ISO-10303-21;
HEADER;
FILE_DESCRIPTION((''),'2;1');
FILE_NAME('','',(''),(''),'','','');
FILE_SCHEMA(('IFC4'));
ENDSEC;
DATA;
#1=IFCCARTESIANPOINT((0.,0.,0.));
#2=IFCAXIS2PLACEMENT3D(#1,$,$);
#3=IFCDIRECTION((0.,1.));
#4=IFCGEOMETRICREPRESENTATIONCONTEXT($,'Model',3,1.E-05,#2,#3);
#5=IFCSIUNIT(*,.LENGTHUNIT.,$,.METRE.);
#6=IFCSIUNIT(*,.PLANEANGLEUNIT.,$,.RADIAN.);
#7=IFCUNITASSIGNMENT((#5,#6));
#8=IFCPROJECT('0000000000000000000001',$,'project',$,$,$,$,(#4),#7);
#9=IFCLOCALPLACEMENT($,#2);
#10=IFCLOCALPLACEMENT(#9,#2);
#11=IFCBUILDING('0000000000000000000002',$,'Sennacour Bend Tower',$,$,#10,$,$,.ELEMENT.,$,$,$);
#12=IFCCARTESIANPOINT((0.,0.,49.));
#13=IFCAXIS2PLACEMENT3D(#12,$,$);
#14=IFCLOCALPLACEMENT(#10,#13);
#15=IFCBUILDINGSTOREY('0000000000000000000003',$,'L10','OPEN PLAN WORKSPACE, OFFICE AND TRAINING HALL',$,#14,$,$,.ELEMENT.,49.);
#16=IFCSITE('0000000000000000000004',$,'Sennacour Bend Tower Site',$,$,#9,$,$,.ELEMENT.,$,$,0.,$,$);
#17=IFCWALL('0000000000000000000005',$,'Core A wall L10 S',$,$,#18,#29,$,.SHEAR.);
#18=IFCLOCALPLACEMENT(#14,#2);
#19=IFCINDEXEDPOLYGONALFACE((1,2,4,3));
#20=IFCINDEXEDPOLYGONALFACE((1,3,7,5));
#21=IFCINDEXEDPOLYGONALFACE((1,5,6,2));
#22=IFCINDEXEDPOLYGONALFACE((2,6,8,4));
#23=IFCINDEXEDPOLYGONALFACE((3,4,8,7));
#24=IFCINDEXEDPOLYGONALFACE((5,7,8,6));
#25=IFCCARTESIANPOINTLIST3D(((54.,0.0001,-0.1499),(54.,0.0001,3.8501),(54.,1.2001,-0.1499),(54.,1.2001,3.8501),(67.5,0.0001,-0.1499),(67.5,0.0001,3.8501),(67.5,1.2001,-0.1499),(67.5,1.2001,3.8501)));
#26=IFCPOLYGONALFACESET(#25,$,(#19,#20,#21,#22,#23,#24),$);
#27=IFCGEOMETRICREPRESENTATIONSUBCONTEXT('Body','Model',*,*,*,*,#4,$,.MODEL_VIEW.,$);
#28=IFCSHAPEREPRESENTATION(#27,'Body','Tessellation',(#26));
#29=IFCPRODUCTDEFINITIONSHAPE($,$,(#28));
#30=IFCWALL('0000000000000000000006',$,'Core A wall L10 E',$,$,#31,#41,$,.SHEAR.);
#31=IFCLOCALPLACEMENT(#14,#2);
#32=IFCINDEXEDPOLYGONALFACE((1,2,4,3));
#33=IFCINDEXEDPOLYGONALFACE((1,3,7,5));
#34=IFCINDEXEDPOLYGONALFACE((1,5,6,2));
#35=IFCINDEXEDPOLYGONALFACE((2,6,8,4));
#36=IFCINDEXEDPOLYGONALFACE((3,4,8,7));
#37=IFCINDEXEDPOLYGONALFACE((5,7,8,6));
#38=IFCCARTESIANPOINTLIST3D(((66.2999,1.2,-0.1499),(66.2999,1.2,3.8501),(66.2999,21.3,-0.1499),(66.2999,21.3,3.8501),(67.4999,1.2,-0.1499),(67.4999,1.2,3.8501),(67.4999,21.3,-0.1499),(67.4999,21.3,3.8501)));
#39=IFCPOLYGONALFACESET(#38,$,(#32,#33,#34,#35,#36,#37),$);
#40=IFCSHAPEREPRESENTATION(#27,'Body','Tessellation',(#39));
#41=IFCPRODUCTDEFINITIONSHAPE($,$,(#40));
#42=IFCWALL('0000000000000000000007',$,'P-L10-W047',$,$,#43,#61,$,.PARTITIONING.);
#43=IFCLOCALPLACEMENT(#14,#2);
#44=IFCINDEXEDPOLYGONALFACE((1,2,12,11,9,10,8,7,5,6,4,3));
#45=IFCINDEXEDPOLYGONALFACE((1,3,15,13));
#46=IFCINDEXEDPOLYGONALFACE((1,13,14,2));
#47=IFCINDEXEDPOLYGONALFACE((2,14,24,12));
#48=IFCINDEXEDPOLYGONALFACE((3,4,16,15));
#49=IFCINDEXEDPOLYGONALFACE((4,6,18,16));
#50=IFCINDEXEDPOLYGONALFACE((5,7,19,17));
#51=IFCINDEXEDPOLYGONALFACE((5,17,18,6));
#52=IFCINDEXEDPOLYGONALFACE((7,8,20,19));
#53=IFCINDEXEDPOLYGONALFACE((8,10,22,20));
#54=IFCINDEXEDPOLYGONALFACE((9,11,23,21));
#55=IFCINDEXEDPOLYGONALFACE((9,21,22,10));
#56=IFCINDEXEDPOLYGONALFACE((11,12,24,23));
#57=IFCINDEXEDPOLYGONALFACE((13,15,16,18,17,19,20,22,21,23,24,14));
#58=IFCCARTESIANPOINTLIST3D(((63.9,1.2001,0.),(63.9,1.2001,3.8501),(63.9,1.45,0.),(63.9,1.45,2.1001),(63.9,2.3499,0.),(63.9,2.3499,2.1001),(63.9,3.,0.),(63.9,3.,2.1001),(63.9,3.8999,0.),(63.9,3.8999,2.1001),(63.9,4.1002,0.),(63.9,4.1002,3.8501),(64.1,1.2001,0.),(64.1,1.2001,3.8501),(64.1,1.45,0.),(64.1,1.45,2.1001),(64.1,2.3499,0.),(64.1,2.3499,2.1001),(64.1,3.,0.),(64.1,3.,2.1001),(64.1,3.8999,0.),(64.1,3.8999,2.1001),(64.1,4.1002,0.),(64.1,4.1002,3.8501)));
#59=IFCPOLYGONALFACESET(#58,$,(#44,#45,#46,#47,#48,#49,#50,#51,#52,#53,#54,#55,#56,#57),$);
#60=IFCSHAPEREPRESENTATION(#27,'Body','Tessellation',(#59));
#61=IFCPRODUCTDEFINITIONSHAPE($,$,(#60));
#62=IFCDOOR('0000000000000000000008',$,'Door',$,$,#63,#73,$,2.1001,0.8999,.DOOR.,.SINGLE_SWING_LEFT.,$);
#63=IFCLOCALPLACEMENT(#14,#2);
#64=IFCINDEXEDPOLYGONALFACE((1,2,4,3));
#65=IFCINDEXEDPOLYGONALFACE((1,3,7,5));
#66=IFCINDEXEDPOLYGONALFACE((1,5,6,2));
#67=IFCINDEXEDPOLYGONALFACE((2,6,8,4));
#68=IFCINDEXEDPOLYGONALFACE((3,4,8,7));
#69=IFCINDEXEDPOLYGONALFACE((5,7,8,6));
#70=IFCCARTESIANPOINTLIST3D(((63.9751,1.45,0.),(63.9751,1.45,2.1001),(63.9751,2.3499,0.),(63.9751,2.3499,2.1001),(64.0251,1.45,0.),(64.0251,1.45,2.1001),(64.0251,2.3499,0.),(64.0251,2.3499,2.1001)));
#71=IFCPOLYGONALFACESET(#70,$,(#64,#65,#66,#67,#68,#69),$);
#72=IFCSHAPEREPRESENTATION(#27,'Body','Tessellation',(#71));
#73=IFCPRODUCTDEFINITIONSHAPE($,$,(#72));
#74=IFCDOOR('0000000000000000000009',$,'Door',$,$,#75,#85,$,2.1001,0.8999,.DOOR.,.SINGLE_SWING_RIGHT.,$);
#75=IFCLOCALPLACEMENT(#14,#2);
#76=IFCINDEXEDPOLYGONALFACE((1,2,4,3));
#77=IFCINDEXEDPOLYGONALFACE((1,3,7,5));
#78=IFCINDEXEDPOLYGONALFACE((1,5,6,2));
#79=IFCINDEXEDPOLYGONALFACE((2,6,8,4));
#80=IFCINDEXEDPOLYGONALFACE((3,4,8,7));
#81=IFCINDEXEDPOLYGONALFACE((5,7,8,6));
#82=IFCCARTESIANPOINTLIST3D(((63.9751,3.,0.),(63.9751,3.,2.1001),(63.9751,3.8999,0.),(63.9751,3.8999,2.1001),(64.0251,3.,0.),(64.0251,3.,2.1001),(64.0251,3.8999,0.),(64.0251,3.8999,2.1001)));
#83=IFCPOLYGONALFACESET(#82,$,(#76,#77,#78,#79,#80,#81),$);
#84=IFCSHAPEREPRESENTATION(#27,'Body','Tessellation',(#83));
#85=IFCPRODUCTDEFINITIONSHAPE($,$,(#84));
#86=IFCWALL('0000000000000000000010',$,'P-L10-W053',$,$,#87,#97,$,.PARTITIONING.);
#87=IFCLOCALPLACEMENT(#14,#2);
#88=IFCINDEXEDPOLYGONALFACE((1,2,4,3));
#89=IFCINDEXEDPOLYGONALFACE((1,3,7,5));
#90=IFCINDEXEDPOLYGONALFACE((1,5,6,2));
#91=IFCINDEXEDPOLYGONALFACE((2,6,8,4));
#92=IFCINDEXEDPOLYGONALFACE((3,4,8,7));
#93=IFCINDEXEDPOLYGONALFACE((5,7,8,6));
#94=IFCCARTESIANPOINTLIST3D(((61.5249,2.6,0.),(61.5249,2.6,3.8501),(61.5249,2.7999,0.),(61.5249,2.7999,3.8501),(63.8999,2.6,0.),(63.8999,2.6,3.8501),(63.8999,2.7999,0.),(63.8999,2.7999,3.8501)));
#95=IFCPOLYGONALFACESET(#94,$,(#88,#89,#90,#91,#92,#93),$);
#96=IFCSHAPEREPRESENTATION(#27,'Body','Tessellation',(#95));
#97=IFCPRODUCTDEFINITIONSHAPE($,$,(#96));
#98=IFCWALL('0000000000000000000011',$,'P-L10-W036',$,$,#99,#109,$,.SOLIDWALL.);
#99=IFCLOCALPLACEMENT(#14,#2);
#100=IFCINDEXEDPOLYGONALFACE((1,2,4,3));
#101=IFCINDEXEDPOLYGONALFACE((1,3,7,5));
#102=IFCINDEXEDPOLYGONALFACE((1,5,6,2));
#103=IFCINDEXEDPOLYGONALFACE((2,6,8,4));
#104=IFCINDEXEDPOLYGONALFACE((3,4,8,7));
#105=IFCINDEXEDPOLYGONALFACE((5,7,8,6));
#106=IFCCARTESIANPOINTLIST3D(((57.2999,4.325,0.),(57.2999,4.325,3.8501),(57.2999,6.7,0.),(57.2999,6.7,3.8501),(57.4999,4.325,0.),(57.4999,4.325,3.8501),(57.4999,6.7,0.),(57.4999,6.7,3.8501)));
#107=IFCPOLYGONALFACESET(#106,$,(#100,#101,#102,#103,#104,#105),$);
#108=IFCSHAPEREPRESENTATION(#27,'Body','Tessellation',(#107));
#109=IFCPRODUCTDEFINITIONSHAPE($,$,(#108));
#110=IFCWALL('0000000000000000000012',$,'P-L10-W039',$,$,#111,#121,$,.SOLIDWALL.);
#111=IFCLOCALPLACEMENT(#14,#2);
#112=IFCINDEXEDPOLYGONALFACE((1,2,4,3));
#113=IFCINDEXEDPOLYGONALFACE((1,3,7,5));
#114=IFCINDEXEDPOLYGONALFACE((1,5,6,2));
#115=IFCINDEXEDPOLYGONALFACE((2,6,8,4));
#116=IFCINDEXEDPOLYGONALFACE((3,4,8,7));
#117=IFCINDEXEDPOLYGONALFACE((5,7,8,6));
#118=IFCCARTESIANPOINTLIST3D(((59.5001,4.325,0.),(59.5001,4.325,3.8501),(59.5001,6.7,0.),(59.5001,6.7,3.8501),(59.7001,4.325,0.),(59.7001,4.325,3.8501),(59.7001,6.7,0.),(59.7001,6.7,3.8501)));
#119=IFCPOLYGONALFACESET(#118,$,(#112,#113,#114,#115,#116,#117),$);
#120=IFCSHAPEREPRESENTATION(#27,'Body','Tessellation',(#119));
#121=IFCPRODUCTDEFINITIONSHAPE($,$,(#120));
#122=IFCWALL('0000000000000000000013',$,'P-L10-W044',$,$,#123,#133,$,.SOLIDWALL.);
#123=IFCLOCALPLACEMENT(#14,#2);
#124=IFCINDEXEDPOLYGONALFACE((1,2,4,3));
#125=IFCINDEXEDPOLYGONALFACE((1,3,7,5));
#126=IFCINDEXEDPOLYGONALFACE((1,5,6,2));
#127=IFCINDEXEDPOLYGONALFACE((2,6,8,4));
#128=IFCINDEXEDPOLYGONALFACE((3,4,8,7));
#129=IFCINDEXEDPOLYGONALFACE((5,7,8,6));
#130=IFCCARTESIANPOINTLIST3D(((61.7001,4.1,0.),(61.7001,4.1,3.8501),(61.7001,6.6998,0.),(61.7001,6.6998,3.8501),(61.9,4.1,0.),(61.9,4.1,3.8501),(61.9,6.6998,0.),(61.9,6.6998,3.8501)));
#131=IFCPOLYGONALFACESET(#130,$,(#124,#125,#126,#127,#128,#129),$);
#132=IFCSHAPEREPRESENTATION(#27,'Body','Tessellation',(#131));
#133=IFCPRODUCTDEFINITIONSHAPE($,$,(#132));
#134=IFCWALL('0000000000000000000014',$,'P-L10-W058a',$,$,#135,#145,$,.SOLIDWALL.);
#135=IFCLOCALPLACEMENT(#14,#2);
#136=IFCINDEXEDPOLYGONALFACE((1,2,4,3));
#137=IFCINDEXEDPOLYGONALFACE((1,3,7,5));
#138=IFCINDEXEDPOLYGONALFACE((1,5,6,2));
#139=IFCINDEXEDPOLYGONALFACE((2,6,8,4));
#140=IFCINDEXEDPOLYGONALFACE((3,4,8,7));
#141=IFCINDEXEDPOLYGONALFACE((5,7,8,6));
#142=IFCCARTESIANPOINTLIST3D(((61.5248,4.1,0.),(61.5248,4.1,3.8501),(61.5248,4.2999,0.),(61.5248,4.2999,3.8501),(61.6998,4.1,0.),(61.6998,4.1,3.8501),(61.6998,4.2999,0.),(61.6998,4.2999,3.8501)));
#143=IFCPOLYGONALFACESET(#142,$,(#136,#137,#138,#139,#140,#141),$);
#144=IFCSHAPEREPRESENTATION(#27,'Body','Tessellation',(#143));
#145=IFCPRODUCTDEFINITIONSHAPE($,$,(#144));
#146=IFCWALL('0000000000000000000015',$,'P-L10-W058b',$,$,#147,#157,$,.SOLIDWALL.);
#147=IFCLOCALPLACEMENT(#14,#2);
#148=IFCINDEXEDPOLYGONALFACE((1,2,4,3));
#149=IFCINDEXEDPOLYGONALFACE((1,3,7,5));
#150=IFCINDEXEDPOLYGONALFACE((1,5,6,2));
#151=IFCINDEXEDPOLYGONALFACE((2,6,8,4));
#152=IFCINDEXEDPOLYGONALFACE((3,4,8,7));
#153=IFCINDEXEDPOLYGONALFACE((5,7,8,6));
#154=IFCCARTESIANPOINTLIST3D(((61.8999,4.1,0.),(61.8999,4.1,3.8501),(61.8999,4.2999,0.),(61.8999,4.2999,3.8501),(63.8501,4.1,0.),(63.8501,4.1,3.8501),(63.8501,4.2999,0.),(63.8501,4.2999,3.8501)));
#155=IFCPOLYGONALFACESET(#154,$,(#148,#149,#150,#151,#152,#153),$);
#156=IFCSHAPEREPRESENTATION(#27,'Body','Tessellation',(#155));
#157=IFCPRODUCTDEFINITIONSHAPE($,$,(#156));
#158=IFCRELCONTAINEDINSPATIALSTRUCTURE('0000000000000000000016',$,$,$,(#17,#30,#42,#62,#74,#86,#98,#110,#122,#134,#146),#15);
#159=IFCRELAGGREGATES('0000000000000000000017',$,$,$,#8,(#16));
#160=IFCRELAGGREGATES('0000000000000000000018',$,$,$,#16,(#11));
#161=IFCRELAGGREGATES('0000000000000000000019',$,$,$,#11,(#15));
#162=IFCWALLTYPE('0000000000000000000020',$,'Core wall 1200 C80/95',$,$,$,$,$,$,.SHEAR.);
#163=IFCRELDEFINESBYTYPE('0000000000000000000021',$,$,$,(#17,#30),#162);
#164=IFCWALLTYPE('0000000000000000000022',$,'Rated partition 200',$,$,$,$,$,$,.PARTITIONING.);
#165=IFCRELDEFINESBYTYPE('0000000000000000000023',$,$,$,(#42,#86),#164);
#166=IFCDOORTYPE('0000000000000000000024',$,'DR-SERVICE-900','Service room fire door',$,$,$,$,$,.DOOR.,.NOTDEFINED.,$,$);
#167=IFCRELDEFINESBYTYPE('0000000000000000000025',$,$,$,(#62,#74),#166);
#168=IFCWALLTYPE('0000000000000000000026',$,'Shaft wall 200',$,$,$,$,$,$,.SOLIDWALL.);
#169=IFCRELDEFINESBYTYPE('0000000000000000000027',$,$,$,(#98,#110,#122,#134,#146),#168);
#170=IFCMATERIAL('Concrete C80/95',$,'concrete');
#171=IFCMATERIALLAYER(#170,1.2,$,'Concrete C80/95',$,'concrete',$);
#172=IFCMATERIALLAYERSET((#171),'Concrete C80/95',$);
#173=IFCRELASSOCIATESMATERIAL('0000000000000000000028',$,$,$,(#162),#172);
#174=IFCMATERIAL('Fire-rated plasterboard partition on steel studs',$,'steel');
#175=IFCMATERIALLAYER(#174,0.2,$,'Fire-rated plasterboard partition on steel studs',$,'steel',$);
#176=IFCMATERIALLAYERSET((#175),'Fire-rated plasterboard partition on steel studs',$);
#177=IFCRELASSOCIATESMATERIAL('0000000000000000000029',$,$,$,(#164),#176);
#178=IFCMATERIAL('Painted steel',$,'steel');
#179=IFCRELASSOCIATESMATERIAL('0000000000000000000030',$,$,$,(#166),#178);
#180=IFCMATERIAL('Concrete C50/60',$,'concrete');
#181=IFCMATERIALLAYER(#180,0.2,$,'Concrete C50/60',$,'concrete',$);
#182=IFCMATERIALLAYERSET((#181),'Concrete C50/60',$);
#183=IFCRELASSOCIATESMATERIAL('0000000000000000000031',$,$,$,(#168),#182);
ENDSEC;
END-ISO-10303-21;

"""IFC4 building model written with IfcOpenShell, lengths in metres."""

from ifc_helpers import new_model, si_unit, direction, frame, frame_2d, origin, place, context, subcontext, project, spatial, rectangle, extrude, material, layer, layer_set, type_object, element, fill, save


model = new_model("IFC4")

# Units and contexts
model_context = context("Model", 3, precision=1e-05, world=origin(), true_north=direction((0.0, 1.0)))
body_context = subcontext(model_context, "Body", "Model", "MODEL_VIEW")
ifc_project = project(units=[si_unit("LENGTHUNIT", "METRE"), si_unit("PLANEANGLEUNIT", "RADIAN")], contexts=[model_context])

# Site, building, storey
site_placement = place(None, origin())
site = spatial("IfcSite", under=ifc_project, at=site_placement, Name="Sennacour Bend Tower Site", CompositionType="ELEMENT", RefElevation=0.0)
building_placement = place(site_placement, origin())
building = spatial("IfcBuilding", under=site, at=building_placement, Name="Sennacour Bend Tower", CompositionType="ELEMENT")
storey_placement = place(building_placement, frame((0.0, 0.0, 49.0)))
storey = spatial("IfcBuildingStorey", under=building, at=storey_placement, Name="L10", Description="OPEN PLAN WORKSPACE, OFFICE AND TRAINING HALL", CompositionType="ELEMENT", Elevation=49.0)

# Walls
ifc_material_1 = material(Name="Concrete C80/95", Category="concrete")
ifc_layer_1 = layer(ifc_material_1, 1.2, Name="Concrete C80/95", Category="concrete")
ifc_layer_set_1 = layer_set([ifc_layer_1], Name="Concrete C80/95")
wall_type_1 = type_object("IfcWallType", Name="Core wall 1200 C80/95", PredefinedType="SHEAR", material=ifc_layer_set_1)
wall_1_placement = place(storey_placement, frame((67.5, 0.6001, -0.1499), z_axis=(0.0, 0.0, 1.0), x_axis=(-1.0, 0.0, 0.0)))
element("IfcWall", 1, at=wall_1_placement, inside=storey, type_object=wall_type_1, Name="Core A wall L10 S", PredefinedType="SHEAR", context=body_context, shape_type="SweptSolid", body=[
    extrude(rectangle(XDim=13.5, YDim=1.2, at=frame_2d((6.75, 0.0))), origin(), (0.0, 0.0, 1.0), 4.0),
])
wall_2_placement = place(storey_placement, frame((66.8999, 1.2, -0.1499), z_axis=(0.0, 0.0, 1.0), x_axis=(0.0, 1.0, 0.0)))
element("IfcWall", 2, at=wall_2_placement, inside=storey, type_object=wall_type_1, Name="Core A wall L10 E", PredefinedType="SHEAR", context=body_context, shape_type="SweptSolid", body=[
    extrude(rectangle(XDim=20.1001, YDim=1.2, at=frame_2d((10.05, 0.0))), origin(), (0.0, 0.0, 1.0), 4.0),
])

# Wall, openings, doors
ifc_material_2 = material(Name="Fire-rated plasterboard partition on steel studs", Category="steel")
ifc_layer_2 = layer(ifc_material_2, 0.2, Name="Fire-rated plasterboard partition on steel studs", Category="steel")
ifc_layer_set_2 = layer_set([ifc_layer_2], Name="Fire-rated plasterboard partition on steel studs")
wall_type_2 = type_object("IfcWallType", Name="Rated partition 200", PredefinedType="PARTITIONING", material=ifc_layer_set_2)
wall_3_placement = place(storey_placement, frame((64.0, 1.2, 0.0), z_axis=(0.0, 0.0, 1.0), x_axis=(0.0, 1.0, 0.0)))
wall_3 = element("IfcWall", 3, at=wall_3_placement, inside=storey, type_object=wall_type_2, Name="P-L10-W047", PredefinedType="PARTITIONING", context=body_context, shape_type="SweptSolid", body=[
    extrude(rectangle(XDim=2.9001, YDim=0.2, at=frame_2d((1.4502, 0.0))), origin(), (0.0, 0.0, 1.0), 3.8501),
])
opening_1_placement = place(wall_3_placement, frame((0.25, 0.0, 0.0)))
opening_1 = element("IfcOpeningElement", 4, at=opening_1_placement, cuts=wall_3, PredefinedType="OPENING", context=body_context, shape_type="SweptSolid", body=[
    extrude(rectangle(XDim=0.8999, YDim=2.1001, at=frame_2d((0.45, 1.05))), frame((0.0, 0.1099, 0.0), z_axis=(0.0, -1.0, 0.0), x_axis=(1.0, 0.0, 0.0)), (0.0, 0.0, 1.0), 0.22),
])
opening_2_placement = place(wall_3_placement, frame((1.8, 0.0, 0.0)))
opening_2 = element("IfcOpeningElement", 5, at=opening_2_placement, cuts=wall_3, PredefinedType="OPENING", context=body_context, shape_type="SweptSolid", body=[
    extrude(rectangle(XDim=0.8999, YDim=2.1001, at=frame_2d((0.45, 1.05))), frame((0.0, 0.1099, 0.0), z_axis=(0.0, -1.0, 0.0), x_axis=(1.0, 0.0, 0.0)), (0.0, 0.0, 1.0), 0.22),
])
ifc_material_3 = material(Name="Painted steel", Category="steel")
door_type_1 = type_object("IfcDoorType", Name="DR-SERVICE-900", Description="Service room fire door", OperationType="NOTDEFINED", PredefinedType="DOOR", material=ifc_material_3)
door_1_placement = place(opening_1_placement, origin())
door_1 = element("IfcDoor", 6, at=door_1_placement, inside=storey, type_object=door_type_1, Name="Door", OperationType="SINGLE_SWING_LEFT", OverallHeight=2.1001, OverallWidth=0.8999, PredefinedType="DOOR", context=body_context, shape_type="SweptSolid", body=[
    extrude(rectangle(XDim=0.8999, YDim=2.1001, at=frame_2d((0.45, 1.05))), frame((0.0, 0.0249, 0.0), z_axis=(0.0, -1.0, 0.0), x_axis=(1.0, 0.0, 0.0)), (0.0, 0.0, 1.0), 0.05),
])
fill(opening_1, door_1)
door_2_placement = place(opening_2_placement, origin())
door_2 = element("IfcDoor", 7, at=door_2_placement, inside=storey, type_object=door_type_1, Name="Door", OperationType="SINGLE_SWING_RIGHT", OverallHeight=2.1001, OverallWidth=0.8999, PredefinedType="DOOR", context=body_context, shape_type="SweptSolid", body=[
    extrude(rectangle(XDim=0.8999, YDim=2.1001, at=frame_2d((0.45, 1.05))), frame((0.0, 0.0249, 0.0), z_axis=(0.0, -1.0, 0.0), x_axis=(1.0, 0.0, 0.0)), (0.0, 0.0, 1.0), 0.05),
])
fill(opening_2, door_2)

# Walls
wall_4_placement = place(storey_placement, frame((61.5249, 2.7, 0.0), z_axis=(0.0, 0.0, 1.0), x_axis=(1.0, 0.0, 0.0)))
element("IfcWall", 8, at=wall_4_placement, inside=storey, type_object=wall_type_2, Name="P-L10-W053", PredefinedType="PARTITIONING", context=body_context, shape_type="SweptSolid", body=[
    extrude(rectangle(XDim=2.375, YDim=0.2, at=frame_2d((1.1875, 0.0))), origin(), (0.0, 0.0, 1.0), 3.8501),
])
ifc_material_4 = material(Name="Concrete C50/60", Category="concrete")
ifc_layer_3 = layer(ifc_material_4, 0.2, Name="Concrete C50/60", Category="concrete")
ifc_layer_set_3 = layer_set([ifc_layer_3], Name="Concrete C50/60")
wall_type_3 = type_object("IfcWallType", Name="Shaft wall 200", PredefinedType="SOLIDWALL", material=ifc_layer_set_3)
for number, where, z_axis, x_axis, name in (
    (9, (57.3999, 4.325, 0.0), (0.0, 0.0, 1.0), (0.0, 1.0, 0.0), "P-L10-W036"),
    (10, (59.6001, 4.325, 0.0), (0.0, 0.0, 1.0), (0.0, 1.0, 0.0), "P-L10-W039"),
):
    element("IfcWall", number, at=place(storey_placement, frame(where, z_axis=z_axis, x_axis=x_axis)), inside=storey, type_object=wall_type_3, Name=name, PredefinedType="SOLIDWALL", context=body_context, shape_type="SweptSolid", body=[
        extrude(rectangle(XDim=2.375, YDim=0.2, at=frame_2d((1.1875, 0.0))), origin(), (0.0, 0.0, 1.0), 3.8501),
    ])
wall_5_placement = place(storey_placement, frame((61.8, 4.1001, 0.0), z_axis=(0.0, 0.0, 1.0), x_axis=(0.0, 1.0, 0.0)))
element("IfcWall", 11, at=wall_5_placement, inside=storey, type_object=wall_type_3, Name="P-L10-W044", PredefinedType="SOLIDWALL", context=body_context, shape_type="SweptSolid", body=[
    extrude(rectangle(XDim=2.5999, YDim=0.2, at=frame_2d((1.2998, 0.0))), origin(), (0.0, 0.0, 1.0), 3.8501),
])
wall_6_placement = place(storey_placement, frame((61.5249, 4.2, 0.0), z_axis=(0.0, 0.0, 1.0), x_axis=(1.0, 0.0, 0.0)))
element("IfcWall", 12, at=wall_6_placement, inside=storey, type_object=wall_type_3, Name="P-L10-W058a", PredefinedType="SOLIDWALL", context=body_context, shape_type="SweptSolid", body=[
    extrude(rectangle(XDim=0.175, YDim=0.2, at=frame_2d((0.0874, 0.0))), origin(), (0.0, 0.0, 1.0), 3.8501),
])
wall_7_placement = place(storey_placement, frame((61.8999, 4.2, 0.0), z_axis=(0.0, 0.0, 1.0), x_axis=(1.0, 0.0, 0.0)))
element("IfcWall", 13, at=wall_7_placement, inside=storey, type_object=wall_type_3, Name="P-L10-W058b", PredefinedType="SOLIDWALL", context=body_context, shape_type="SweptSolid", body=[
    extrude(rectangle(XDim=1.9502, YDim=0.2, at=frame_2d((0.9751, 0.0))), origin(), (0.0, 0.0, 1.0), 3.8501),
])

save(model, "model.ifc")
